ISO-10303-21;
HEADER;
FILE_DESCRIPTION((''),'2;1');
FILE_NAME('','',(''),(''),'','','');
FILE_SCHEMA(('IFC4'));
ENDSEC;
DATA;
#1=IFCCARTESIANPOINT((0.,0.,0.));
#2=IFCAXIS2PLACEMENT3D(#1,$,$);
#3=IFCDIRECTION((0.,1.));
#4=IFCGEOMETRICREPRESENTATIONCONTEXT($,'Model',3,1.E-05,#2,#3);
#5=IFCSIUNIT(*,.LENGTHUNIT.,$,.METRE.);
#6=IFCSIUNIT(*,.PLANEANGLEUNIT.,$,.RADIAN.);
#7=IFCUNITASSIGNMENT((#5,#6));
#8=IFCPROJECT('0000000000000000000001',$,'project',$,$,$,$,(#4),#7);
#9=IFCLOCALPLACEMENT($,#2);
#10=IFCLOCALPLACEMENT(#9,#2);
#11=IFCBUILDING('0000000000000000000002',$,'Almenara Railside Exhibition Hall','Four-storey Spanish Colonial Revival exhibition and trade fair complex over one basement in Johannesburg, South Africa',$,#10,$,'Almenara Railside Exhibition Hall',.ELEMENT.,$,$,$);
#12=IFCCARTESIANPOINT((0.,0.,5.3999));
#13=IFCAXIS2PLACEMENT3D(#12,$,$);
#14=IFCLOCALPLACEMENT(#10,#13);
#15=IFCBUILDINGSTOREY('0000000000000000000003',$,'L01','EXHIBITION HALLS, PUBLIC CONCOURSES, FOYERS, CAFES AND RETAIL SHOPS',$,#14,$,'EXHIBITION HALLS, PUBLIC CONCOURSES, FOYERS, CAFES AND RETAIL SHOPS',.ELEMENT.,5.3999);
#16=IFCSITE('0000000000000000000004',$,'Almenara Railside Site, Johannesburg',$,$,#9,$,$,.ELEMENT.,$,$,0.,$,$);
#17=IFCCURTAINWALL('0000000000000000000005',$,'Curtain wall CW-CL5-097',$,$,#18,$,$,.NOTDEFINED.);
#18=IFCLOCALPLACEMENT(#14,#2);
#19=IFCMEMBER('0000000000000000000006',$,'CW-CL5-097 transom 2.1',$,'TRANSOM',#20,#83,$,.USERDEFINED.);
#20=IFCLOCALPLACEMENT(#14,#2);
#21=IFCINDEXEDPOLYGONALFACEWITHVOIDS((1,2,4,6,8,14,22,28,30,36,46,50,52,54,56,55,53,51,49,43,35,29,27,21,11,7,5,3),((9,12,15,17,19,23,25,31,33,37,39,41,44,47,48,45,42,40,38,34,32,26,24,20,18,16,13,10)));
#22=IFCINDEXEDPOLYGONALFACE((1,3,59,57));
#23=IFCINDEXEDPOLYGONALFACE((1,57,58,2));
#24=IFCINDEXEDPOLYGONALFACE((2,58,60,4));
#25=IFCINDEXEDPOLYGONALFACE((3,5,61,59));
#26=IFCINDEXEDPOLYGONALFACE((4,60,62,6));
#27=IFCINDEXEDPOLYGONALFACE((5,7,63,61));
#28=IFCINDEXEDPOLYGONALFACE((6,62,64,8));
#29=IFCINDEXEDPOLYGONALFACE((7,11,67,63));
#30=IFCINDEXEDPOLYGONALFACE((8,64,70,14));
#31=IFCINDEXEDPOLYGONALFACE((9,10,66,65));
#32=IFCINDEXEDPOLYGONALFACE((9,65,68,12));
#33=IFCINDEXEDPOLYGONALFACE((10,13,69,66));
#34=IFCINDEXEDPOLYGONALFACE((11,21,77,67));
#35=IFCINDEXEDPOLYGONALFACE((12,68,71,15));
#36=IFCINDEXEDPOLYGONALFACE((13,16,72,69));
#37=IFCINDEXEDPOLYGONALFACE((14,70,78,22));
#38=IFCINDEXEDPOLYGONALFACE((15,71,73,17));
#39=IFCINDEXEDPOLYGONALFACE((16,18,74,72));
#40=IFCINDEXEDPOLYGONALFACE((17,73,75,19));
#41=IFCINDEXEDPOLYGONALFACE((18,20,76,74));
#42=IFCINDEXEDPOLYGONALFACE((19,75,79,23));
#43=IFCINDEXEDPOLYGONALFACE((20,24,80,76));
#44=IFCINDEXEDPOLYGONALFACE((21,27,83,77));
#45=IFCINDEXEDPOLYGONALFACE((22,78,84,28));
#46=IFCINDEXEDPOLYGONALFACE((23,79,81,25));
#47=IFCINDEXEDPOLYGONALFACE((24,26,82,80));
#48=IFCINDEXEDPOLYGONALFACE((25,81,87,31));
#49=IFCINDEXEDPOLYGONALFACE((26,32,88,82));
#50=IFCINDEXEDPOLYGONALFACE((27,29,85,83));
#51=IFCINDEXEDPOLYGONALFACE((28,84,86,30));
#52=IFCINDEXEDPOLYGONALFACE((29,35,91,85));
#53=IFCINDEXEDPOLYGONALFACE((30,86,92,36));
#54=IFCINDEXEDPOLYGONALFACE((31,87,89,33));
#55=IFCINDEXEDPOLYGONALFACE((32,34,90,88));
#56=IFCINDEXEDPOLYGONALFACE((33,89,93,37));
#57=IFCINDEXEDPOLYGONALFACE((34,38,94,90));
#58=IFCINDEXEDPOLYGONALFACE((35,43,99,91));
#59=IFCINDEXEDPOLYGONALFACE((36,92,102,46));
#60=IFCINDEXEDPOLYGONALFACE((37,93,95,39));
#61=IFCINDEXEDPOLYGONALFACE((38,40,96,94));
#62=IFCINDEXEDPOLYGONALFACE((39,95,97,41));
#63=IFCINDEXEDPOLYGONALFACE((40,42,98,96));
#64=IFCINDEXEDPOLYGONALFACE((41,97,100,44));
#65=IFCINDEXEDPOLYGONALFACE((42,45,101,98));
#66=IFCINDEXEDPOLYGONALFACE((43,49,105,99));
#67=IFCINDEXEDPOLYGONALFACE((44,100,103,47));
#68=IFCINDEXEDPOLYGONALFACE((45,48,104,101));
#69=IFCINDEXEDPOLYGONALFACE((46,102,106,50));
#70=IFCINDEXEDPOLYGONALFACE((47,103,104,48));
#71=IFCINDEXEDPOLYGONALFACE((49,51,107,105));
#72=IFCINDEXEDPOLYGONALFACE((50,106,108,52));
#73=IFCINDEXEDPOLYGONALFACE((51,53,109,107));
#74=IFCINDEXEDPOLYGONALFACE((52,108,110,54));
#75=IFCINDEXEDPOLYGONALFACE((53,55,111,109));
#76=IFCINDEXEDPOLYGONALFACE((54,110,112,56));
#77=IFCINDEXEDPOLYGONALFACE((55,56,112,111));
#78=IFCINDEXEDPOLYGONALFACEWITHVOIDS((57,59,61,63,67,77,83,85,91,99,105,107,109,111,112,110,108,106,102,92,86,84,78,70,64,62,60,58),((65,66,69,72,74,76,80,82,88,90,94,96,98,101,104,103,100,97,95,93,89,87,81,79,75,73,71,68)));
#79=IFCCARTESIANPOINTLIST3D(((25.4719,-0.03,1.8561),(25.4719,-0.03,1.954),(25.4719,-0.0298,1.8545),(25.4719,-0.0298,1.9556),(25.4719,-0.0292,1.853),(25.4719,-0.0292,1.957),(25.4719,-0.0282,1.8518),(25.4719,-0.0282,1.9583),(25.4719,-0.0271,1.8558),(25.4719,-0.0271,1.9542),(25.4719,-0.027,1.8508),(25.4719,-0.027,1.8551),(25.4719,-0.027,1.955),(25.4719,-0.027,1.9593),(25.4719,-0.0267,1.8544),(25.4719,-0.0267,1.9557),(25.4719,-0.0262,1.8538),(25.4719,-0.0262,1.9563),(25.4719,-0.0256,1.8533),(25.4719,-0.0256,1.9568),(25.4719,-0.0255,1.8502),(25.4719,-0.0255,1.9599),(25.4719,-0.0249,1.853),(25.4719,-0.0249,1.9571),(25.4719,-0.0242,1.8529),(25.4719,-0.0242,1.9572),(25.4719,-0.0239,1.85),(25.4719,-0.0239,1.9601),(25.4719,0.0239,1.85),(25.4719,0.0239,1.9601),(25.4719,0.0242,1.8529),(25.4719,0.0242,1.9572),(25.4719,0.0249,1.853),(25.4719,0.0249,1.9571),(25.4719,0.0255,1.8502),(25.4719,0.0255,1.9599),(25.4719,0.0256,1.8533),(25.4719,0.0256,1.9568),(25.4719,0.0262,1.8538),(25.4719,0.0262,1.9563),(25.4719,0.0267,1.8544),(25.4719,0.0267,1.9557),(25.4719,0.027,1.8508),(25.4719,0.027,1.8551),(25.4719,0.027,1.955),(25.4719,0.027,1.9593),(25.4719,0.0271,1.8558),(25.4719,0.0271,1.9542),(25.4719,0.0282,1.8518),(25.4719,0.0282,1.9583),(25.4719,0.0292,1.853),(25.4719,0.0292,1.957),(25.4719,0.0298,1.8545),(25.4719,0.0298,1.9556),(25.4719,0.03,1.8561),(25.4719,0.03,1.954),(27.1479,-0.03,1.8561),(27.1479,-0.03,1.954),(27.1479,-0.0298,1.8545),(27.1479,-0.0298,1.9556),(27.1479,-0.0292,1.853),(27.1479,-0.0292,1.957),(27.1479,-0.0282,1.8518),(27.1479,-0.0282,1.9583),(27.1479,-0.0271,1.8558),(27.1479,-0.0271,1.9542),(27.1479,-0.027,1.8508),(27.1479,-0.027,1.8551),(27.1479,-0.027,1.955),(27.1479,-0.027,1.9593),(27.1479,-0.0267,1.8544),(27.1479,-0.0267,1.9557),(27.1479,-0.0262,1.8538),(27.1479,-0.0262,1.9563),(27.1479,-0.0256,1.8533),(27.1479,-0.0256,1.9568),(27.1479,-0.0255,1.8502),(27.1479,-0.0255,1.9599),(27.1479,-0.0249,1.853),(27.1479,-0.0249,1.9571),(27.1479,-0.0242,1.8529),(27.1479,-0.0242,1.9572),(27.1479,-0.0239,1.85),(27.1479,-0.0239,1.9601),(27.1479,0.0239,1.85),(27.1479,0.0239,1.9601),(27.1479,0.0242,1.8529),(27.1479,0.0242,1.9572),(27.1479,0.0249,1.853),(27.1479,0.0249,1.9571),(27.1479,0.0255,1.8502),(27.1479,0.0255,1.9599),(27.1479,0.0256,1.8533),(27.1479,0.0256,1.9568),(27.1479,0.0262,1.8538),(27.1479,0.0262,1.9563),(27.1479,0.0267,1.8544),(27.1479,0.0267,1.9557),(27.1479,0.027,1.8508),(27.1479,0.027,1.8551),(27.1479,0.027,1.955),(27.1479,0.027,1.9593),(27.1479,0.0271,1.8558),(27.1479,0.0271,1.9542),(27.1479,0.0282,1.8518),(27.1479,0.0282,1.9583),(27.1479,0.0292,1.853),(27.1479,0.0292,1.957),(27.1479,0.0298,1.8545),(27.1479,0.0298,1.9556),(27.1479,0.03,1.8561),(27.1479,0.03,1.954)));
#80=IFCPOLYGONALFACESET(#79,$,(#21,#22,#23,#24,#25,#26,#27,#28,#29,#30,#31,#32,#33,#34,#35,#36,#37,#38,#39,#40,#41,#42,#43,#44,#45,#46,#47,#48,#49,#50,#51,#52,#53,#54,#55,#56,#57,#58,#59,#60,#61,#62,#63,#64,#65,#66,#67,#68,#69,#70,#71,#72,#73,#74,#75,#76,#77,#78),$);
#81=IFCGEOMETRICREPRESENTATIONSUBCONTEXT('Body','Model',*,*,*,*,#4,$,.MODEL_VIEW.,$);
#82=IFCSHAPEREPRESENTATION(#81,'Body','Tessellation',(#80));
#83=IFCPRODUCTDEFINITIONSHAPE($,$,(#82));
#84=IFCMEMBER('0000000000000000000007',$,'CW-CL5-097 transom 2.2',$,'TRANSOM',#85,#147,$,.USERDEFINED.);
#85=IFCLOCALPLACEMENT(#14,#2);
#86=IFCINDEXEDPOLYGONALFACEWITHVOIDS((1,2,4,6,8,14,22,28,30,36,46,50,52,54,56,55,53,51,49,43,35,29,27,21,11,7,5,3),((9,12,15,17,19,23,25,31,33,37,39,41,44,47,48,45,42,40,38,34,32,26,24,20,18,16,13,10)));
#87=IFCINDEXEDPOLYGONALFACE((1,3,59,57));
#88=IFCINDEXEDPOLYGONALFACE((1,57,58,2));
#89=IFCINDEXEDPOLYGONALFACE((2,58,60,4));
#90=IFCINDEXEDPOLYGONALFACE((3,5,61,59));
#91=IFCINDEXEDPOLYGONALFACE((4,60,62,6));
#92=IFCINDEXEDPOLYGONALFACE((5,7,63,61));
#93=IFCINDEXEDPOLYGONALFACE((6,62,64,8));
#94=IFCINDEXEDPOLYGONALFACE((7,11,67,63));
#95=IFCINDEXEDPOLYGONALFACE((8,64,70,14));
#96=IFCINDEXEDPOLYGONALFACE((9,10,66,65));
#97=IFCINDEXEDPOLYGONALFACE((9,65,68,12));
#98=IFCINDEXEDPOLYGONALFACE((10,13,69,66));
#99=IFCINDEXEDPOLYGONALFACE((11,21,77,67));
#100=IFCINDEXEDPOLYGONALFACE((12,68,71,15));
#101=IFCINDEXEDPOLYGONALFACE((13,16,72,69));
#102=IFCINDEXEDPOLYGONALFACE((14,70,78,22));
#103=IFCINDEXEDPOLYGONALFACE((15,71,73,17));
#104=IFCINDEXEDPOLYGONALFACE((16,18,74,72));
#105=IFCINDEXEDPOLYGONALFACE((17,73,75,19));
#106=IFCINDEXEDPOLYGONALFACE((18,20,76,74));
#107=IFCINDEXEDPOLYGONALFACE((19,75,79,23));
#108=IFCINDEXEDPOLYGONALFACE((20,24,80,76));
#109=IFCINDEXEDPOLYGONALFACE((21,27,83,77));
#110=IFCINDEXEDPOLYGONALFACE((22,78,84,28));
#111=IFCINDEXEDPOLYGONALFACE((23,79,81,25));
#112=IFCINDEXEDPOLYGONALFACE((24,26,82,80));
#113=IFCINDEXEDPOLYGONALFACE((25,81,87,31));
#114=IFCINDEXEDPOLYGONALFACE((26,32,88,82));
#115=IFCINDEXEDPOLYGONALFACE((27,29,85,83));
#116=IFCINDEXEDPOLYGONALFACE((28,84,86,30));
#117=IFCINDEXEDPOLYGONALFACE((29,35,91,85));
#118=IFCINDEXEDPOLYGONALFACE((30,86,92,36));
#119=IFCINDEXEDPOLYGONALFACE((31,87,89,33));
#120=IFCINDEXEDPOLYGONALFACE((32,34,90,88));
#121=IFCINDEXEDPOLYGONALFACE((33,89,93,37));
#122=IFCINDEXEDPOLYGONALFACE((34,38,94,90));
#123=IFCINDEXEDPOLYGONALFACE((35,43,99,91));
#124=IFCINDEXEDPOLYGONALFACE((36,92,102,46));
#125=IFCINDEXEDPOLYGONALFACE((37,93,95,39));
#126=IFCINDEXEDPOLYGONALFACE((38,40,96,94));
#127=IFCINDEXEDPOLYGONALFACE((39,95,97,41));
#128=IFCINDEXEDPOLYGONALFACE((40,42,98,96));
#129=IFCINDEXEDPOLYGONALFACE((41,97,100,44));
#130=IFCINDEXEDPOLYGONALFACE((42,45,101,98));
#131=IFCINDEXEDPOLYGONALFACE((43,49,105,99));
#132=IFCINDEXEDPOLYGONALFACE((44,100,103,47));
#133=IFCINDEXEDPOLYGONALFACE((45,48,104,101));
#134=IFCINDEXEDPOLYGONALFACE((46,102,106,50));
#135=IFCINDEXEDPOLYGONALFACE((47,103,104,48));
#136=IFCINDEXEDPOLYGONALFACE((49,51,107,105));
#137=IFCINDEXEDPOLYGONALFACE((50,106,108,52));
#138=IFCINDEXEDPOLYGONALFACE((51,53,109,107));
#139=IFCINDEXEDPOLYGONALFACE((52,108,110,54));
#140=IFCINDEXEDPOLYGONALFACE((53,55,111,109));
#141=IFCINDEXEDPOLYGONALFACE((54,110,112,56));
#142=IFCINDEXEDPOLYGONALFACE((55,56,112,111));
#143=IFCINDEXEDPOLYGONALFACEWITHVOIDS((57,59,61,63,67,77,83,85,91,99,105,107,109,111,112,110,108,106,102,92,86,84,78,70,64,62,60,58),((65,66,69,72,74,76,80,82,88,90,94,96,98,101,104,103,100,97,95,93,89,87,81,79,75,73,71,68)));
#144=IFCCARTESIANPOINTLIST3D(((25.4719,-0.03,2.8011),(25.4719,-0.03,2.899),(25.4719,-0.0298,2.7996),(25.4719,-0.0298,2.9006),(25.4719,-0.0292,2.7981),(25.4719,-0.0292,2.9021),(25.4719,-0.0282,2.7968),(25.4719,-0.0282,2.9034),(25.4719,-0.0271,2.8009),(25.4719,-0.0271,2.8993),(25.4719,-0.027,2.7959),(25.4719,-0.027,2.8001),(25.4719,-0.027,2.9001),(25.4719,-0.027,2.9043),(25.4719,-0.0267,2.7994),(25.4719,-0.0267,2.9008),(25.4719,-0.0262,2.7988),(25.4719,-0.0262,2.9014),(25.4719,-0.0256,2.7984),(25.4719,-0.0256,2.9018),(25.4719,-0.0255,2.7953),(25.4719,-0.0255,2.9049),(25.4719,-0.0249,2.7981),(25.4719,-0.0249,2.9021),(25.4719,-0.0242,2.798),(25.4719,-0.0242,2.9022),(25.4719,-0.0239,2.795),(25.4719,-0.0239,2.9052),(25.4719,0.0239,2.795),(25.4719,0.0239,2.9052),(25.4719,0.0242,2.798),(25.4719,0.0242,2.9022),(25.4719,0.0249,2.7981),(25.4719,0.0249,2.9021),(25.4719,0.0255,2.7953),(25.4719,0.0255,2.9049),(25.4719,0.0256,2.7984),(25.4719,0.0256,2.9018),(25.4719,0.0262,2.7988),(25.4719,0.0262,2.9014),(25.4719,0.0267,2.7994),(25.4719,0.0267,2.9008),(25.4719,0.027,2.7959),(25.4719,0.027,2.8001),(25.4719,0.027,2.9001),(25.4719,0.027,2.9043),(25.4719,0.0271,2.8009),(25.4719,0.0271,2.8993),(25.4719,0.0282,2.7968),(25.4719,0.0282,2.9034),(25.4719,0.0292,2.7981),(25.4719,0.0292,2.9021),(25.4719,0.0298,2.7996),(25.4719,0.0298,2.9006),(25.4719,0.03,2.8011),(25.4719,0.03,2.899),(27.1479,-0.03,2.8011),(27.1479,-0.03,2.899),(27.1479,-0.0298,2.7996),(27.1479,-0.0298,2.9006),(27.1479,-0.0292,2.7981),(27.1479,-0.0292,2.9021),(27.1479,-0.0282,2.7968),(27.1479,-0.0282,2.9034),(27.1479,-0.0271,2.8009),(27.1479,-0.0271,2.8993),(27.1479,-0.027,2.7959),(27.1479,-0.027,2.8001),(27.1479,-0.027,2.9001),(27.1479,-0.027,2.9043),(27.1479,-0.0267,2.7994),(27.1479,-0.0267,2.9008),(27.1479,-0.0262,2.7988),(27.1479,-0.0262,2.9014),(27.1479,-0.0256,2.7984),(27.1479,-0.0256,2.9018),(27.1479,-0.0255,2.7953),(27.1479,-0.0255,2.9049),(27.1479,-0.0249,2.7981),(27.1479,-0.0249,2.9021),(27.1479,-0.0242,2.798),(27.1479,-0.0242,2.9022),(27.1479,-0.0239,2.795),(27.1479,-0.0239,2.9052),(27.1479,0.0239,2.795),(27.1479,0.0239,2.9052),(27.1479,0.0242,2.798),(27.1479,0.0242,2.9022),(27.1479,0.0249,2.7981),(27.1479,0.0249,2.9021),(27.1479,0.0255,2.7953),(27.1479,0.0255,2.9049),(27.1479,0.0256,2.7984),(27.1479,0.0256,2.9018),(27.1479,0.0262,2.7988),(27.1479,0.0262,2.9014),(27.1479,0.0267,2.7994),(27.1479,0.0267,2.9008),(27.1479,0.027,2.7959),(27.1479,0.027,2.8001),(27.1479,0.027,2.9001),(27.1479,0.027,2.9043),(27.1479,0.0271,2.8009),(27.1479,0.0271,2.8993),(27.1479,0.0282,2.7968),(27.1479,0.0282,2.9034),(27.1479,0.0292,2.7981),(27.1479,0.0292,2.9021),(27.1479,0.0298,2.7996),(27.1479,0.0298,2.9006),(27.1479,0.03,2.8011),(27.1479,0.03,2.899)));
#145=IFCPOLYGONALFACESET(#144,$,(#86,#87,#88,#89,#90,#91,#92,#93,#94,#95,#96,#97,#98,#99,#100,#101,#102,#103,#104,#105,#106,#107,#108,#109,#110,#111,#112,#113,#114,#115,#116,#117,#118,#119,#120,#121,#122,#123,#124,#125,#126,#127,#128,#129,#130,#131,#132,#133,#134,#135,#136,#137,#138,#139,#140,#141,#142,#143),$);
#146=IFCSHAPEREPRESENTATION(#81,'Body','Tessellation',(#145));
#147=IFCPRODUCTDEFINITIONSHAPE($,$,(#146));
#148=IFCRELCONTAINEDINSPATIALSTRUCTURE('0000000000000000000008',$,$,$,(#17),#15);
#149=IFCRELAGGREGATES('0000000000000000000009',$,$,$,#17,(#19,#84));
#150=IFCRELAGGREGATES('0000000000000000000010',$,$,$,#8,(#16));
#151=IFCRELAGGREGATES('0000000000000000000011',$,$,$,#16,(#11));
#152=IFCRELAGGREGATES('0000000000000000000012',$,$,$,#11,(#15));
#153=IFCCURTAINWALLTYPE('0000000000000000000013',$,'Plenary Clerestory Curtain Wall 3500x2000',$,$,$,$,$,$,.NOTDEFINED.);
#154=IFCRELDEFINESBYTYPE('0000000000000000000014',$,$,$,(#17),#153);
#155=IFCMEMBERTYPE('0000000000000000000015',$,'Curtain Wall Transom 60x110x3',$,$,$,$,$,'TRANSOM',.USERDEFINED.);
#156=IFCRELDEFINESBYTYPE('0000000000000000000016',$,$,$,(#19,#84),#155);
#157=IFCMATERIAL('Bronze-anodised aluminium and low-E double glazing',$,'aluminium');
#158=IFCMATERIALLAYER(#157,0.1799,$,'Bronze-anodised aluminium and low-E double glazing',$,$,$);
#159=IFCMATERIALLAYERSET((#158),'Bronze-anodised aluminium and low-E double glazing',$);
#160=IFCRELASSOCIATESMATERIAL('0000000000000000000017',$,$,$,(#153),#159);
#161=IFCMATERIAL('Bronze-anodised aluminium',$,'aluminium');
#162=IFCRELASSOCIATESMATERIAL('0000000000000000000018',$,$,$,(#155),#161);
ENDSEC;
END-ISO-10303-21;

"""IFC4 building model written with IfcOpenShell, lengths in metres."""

from ifc_helpers import new_model, si_unit, direction, frame, origin, origin_2d, place, context, subcontext, project, spatial, hollow_rectangle, extrude, material, layer, layer_set, material_profile, profile_set, type_object, element, aggregate, save


model = new_model("IFC4")

# Units and contexts
model_context = context("Model", 3, precision=1e-05, world=origin(), true_north=direction((0.0, 1.0)))
body_context = subcontext(model_context, "Body", "Model", "MODEL_VIEW")
ifc_project = project(units=[si_unit("LENGTHUNIT", "METRE"), si_unit("PLANEANGLEUNIT", "RADIAN")], contexts=[model_context])

# Site, building, storey
site_placement = place(None, origin())
site = spatial("IfcSite", under=ifc_project, at=site_placement, Name="Almenara Railside Site, Johannesburg", CompositionType="ELEMENT", RefElevation=0.0)
building_placement = place(site_placement, origin())
building = spatial("IfcBuilding", under=site, at=building_placement, Name="Almenara Railside Exhibition Hall", Description="Four-storey Spanish Colonial Revival exhibition and trade fair complex over one basement in Johannesburg, South Africa", LongName="Almenara Railside Exhibition Hall", CompositionType="ELEMENT")
storey_placement = place(building_placement, frame((0.0, 0.0, 5.3999)))
storey = spatial("IfcBuildingStorey", under=building, at=storey_placement, Name="L01", Description="EXHIBITION HALLS, PUBLIC CONCOURSES, FOYERS, CAFES AND RETAIL SHOPS", LongName="EXHIBITION HALLS, PUBLIC CONCOURSES, FOYERS, CAFES AND RETAIL SHOPS", CompositionType="ELEMENT", Elevation=5.3999)

# Curtain wall
ifc_material_1 = material(Name="Bronze-anodised aluminium and low-E double glazing", Category="aluminium")
ifc_layer_1 = layer(ifc_material_1, 0.1799, Name="Bronze-anodised aluminium and low-E double glazing")
ifc_layer_set_1 = layer_set([ifc_layer_1], Name="Bronze-anodised aluminium and low-E double glazing")
curtain_wall_type_1 = type_object("IfcCurtainWallType", Name="Plenary Clerestory Curtain Wall 3500x2000", PredefinedType="NOTDEFINED", material=ifc_layer_set_1)
curtain_wall_1_placement = place(storey_placement, origin())
curtain_wall_1 = element("IfcCurtainWall", 1, at=curtain_wall_1_placement, inside=storey, type_object=curtain_wall_type_1, Name="Curtain wall CW-CL5-097", PredefinedType="NOTDEFINED")
ifc_material_2 = material(Name="Bronze-anodised aluminium", Category="aluminium")

# Members
ifc_material_profile_1 = material_profile(ifc_material_2, hollow_rectangle(XDim=0.0601, YDim=0.1101, WallThickness=0.0029, InnerFilletRadius=0.0029, OuterFilletRadius=0.0061, at=origin_2d()), Name="ALU-TRN 60x110x3")
ifc_profile_set_1 = profile_set([ifc_material_profile_1], Name="Bronze-anodised aluminium")
member_type_1 = type_object("IfcMemberType", Name="Curtain Wall Transom 60x110x3", ElementType="TRANSOM", PredefinedType="USERDEFINED", material=ifc_profile_set_1)
member_1_placement = place(storey_placement, frame((25.4719, 0.0, 1.905), z_axis=(1.0, 0.0, 0.0), x_axis=(0.0, 1.0, 0.0)))
member_1 = element("IfcMember", 2, at=member_1_placement, type_object=member_type_1, Name="CW-CL5-097 transom 2.1", ObjectType="TRANSOM", PredefinedType="USERDEFINED", context=body_context, shape_type="SweptSolid", body=[
    extrude(hollow_rectangle(XDim=0.0601, YDim=0.1101, WallThickness=0.0029, InnerFilletRadius=0.0029, OuterFilletRadius=0.0061, at=origin_2d()), origin(), (0.0, 0.0, 1.0), 1.676),
])
member_2_placement = place(storey_placement, frame((25.4719, 0.0, 2.8501), z_axis=(1.0, 0.0, 0.0), x_axis=(0.0, 1.0, 0.0)))
member_2 = element("IfcMember", 3, at=member_2_placement, type_object=member_type_1, Name="CW-CL5-097 transom 2.2", ObjectType="TRANSOM", PredefinedType="USERDEFINED", context=body_context, shape_type="SweptSolid", body=[
    extrude(hollow_rectangle(XDim=0.0601, YDim=0.1101, WallThickness=0.0029, InnerFilletRadius=0.0029, OuterFilletRadius=0.0061, at=origin_2d()), origin(), (0.0, 0.0, 1.0), 1.676),
])

aggregate(curtain_wall_1, [member_1, member_2])

save(model, "model.ifc")
